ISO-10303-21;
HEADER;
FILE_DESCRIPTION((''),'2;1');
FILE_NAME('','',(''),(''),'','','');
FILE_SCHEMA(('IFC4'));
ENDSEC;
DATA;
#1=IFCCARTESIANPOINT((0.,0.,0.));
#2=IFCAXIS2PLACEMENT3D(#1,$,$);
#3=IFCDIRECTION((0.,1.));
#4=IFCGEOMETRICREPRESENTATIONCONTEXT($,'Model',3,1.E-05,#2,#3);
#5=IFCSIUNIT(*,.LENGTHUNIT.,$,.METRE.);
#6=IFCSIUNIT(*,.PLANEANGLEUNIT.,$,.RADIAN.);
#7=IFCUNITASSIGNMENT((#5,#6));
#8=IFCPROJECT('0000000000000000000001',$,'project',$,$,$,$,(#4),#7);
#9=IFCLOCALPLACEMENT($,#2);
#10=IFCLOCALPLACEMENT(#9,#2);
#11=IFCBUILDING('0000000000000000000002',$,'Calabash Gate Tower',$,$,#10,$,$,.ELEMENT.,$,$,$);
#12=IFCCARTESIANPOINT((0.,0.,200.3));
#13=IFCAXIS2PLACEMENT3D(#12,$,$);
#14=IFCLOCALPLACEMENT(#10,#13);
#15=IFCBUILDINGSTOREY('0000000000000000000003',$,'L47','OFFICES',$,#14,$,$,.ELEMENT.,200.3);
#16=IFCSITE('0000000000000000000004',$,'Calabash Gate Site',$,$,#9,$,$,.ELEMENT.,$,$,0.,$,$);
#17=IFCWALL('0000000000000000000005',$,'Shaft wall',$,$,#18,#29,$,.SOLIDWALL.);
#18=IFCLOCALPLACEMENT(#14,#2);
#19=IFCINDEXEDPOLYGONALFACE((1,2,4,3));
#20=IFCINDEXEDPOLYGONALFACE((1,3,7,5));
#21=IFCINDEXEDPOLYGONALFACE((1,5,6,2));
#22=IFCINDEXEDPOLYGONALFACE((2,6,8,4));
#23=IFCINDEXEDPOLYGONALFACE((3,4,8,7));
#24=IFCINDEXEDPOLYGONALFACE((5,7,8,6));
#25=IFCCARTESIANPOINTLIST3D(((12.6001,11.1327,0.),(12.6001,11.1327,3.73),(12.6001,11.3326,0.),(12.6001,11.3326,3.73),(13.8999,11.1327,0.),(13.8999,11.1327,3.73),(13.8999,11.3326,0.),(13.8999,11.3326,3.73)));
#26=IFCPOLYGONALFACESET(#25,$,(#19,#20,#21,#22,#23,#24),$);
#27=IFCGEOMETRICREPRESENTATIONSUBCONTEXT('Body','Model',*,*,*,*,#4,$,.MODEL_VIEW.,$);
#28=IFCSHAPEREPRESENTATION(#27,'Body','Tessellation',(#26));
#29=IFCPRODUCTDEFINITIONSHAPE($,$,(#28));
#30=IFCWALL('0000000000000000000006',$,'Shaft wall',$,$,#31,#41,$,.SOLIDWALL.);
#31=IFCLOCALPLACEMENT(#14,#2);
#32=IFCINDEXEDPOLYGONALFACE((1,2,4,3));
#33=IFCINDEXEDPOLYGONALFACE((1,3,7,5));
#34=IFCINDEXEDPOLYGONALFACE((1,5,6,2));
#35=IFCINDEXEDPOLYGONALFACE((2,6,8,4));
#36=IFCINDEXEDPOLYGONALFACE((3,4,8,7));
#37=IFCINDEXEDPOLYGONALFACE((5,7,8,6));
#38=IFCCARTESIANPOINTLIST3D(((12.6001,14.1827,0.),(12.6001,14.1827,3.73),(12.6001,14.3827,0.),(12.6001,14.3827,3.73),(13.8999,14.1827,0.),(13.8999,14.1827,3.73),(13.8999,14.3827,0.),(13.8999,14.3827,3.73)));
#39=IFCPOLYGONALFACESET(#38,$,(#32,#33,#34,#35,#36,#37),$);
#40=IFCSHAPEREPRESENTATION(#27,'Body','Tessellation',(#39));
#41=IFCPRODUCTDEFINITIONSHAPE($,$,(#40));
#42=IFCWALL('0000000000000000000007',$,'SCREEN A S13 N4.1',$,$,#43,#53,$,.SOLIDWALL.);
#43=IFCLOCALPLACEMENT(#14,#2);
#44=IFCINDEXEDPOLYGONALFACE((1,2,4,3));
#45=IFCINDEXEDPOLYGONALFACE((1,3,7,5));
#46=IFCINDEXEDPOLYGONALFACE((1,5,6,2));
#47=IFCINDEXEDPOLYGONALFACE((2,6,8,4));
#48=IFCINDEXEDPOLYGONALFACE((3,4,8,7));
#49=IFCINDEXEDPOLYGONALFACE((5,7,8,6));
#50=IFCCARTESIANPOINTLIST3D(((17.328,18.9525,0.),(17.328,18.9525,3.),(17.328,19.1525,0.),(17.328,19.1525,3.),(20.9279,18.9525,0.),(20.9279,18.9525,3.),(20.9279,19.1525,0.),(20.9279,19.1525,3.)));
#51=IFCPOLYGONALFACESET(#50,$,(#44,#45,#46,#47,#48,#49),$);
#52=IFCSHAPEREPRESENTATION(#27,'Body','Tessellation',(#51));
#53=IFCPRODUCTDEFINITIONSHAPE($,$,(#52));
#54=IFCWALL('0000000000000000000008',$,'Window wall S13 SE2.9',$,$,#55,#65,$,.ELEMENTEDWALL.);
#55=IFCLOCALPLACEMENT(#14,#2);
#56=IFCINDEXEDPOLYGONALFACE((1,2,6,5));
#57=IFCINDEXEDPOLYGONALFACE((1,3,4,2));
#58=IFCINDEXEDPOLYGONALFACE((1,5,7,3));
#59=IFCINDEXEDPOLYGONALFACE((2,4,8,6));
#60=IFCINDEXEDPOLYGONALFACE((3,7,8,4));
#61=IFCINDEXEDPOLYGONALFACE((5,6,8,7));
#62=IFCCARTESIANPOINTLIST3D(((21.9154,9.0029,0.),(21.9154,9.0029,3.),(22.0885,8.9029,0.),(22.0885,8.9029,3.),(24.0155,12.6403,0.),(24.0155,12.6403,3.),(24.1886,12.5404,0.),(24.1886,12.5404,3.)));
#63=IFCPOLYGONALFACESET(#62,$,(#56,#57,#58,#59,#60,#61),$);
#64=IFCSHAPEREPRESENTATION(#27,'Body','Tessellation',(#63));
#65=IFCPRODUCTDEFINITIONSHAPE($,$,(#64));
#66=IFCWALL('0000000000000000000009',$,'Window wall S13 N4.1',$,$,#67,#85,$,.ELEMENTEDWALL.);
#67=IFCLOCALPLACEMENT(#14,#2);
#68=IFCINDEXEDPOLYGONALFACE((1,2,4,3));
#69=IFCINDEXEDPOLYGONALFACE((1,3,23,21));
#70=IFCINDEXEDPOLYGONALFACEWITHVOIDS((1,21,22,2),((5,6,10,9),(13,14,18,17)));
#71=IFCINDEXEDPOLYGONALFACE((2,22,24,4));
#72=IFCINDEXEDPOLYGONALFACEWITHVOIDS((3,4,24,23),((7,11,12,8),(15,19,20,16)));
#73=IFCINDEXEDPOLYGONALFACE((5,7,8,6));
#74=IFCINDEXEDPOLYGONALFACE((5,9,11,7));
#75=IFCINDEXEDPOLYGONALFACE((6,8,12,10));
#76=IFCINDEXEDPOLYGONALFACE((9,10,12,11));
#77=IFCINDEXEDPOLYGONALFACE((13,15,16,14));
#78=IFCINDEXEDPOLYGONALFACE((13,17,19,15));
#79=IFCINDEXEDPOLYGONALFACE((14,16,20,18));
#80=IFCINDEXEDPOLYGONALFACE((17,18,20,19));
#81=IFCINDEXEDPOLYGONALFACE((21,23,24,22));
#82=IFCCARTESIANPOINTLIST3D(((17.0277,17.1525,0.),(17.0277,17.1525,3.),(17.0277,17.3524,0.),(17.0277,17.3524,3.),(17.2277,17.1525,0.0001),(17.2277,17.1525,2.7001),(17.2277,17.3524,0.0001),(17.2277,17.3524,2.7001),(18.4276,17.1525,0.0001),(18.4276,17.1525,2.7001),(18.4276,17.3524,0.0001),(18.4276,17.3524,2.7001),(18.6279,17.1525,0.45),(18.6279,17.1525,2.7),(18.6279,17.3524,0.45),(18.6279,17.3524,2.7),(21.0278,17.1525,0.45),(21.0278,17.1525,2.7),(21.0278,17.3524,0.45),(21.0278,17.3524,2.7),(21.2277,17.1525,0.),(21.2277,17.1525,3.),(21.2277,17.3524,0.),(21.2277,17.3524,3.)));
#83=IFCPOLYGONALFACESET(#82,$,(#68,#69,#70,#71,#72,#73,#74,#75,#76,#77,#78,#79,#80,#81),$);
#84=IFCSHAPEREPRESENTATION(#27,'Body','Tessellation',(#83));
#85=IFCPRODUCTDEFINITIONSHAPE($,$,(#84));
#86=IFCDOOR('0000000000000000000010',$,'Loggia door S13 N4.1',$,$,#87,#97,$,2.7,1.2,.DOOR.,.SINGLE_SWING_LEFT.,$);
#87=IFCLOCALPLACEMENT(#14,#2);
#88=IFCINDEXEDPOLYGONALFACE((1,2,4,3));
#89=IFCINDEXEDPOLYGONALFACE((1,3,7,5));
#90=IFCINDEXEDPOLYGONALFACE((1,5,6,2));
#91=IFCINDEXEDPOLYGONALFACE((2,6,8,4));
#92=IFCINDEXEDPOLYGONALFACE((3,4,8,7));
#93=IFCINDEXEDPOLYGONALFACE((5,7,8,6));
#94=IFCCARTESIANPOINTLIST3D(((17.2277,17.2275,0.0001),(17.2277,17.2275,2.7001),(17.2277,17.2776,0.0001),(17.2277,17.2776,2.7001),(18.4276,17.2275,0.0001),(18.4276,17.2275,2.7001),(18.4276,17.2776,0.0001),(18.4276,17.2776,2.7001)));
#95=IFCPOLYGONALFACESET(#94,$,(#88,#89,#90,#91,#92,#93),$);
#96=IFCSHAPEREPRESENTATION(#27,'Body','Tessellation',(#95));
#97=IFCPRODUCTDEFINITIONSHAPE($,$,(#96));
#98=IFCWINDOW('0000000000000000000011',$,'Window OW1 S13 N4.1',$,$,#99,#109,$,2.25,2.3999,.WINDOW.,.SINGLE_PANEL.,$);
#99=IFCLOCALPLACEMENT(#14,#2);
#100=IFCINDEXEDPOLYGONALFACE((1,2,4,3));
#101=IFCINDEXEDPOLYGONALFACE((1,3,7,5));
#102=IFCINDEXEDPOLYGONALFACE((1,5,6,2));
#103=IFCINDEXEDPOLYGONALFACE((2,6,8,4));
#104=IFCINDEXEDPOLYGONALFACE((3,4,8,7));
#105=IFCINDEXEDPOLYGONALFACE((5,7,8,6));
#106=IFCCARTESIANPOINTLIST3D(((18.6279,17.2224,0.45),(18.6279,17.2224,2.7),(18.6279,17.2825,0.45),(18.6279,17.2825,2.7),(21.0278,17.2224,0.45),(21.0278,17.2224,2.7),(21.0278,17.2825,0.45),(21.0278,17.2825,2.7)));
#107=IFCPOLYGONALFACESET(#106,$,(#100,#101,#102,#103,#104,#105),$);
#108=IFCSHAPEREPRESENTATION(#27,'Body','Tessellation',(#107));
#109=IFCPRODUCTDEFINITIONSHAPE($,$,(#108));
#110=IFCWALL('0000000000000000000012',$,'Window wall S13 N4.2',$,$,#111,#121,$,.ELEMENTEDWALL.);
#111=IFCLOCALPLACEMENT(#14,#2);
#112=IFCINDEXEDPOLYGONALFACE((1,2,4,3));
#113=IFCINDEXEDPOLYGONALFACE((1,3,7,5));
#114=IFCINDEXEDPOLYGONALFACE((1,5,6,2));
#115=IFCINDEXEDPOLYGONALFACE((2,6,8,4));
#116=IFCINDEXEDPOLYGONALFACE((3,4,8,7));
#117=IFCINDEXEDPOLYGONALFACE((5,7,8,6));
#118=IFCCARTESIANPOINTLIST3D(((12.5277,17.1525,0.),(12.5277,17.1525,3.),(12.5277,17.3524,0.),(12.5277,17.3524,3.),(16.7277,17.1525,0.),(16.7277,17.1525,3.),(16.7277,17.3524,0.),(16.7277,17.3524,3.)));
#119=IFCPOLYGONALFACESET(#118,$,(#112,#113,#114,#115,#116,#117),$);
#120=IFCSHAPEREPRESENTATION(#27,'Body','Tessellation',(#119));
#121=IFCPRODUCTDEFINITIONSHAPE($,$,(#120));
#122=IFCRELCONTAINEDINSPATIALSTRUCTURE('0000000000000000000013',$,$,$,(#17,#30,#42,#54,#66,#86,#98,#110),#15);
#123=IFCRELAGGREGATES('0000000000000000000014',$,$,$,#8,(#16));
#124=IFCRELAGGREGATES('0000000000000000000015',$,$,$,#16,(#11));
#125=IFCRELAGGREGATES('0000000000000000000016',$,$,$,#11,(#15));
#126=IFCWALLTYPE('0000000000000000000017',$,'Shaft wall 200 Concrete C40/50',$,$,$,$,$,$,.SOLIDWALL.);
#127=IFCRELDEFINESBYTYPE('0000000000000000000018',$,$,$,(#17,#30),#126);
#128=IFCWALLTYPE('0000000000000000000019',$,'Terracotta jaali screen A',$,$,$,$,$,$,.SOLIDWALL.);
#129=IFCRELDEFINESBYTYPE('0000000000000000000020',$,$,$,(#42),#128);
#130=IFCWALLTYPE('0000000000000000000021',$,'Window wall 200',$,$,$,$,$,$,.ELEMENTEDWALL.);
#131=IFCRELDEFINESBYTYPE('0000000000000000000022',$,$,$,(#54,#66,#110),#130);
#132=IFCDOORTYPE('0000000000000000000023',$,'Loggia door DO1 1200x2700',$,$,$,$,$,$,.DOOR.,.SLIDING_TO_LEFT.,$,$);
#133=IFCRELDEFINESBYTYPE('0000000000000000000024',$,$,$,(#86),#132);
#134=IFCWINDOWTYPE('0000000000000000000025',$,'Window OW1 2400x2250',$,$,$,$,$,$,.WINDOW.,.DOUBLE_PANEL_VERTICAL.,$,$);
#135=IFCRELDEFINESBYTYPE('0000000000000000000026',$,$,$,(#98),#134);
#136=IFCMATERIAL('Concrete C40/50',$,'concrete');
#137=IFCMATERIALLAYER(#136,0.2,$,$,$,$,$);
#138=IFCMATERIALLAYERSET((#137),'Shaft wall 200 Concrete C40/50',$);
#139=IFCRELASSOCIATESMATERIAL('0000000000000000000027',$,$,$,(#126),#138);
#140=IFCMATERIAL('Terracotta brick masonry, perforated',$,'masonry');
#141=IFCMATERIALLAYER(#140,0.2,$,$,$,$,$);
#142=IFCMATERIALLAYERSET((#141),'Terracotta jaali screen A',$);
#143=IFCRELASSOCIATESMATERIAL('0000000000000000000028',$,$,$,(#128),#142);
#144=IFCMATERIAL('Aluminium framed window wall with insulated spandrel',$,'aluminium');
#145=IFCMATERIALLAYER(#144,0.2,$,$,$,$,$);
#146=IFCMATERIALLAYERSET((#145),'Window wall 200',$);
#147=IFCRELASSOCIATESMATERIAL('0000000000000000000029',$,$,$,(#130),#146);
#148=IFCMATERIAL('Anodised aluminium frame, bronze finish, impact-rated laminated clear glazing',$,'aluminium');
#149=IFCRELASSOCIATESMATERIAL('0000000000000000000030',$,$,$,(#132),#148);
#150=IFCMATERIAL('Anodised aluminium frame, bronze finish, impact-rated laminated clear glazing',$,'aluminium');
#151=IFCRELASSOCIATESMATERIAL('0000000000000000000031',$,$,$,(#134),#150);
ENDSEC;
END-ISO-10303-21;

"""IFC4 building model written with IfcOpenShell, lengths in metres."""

from ifc_helpers import new_model, si_unit, direction, frame, frame_2d, origin, place, context, subcontext, project, spatial, rectangle, extrude, material, layer, layer_set, type_object, element, fill, save


model = new_model("IFC4")

# Units and contexts
model_context = context("Model", 3, precision=1e-05, world=origin(), true_north=direction((0.0, 1.0)))
body_context = subcontext(model_context, "Body", "Model", "MODEL_VIEW")
ifc_project = project(units=[si_unit("LENGTHUNIT", "METRE"), si_unit("PLANEANGLEUNIT", "RADIAN")], contexts=[model_context])

# Site, building, storey
site_placement = place(None, origin())
site = spatial("IfcSite", under=ifc_project, at=site_placement, Name="Calabash Gate Site", CompositionType="ELEMENT", RefElevation=0.0)
building_placement = place(site_placement, origin())
building = spatial("IfcBuilding", under=site, at=building_placement, Name="Calabash Gate Tower", CompositionType="ELEMENT")
storey_placement = place(building_placement, frame((0.0, 0.0, 200.3)))
storey = spatial("IfcBuildingStorey", under=building, at=storey_placement, Name="L47", Description="OFFICES", CompositionType="ELEMENT", Elevation=200.3)

# Walls
ifc_material_1 = material(Name="Concrete C40/50", Category="concrete")
ifc_layer_1 = layer(ifc_material_1, 0.2)
ifc_layer_set_1 = layer_set([ifc_layer_1], Name="Shaft wall 200 Concrete C40/50")
wall_type_1 = type_object("IfcWallType", Name="Shaft wall 200 Concrete C40/50", PredefinedType="SOLIDWALL", material=ifc_layer_set_1)
for number, where, z_axis, x_axis, name in (
    (1, (12.6001, 11.2327, 0.0), (0.0, 0.0, 1.0), (1.0, 0.0, 0.0), "Shaft wall"),
    (2, (12.6001, 14.2827, 0.0), (0.0, 0.0, 1.0), (1.0, 0.0, 0.0), "Shaft wall"),
):
    element("IfcWall", number, at=place(storey_placement, frame(where, z_axis=z_axis, x_axis=x_axis)), inside=storey, type_object=wall_type_1, Name=name, PredefinedType="SOLIDWALL", context=body_context, shape_type="SweptSolid", body=[
        extrude(rectangle(XDim=1.2998, YDim=0.2, at=frame_2d((0.6499, 0.0))), origin(), (0.0, 0.0, 1.0), 3.73),
    ])
ifc_material_2 = material(Name="Terracotta brick masonry, perforated", Category="masonry")
ifc_layer_2 = layer(ifc_material_2, 0.2)
ifc_layer_set_2 = layer_set([ifc_layer_2], Name="Terracotta jaali screen A")
wall_type_2 = type_object("IfcWallType", Name="Terracotta jaali screen A", PredefinedType="SOLIDWALL", material=ifc_layer_set_2)
wall_1_placement = place(storey_placement, frame((20.9277, 19.0525, 0.0), z_axis=(0.0, 0.0, 1.0), x_axis=(-1.0, 0.0, 0.0)))
element("IfcWall", 3, at=wall_1_placement, inside=storey, type_object=wall_type_2, Name="SCREEN A S13 N4.1", PredefinedType="SOLIDWALL", context=body_context, shape_type="SweptSolid", body=[
    extrude(rectangle(XDim=3.5999, YDim=0.2, at=frame_2d((1.7998, 0.0))), origin(), (0.0, 0.0, 1.0), 3.0),
])
ifc_material_3 = material(Name="Aluminium framed window wall with insulated spandrel", Category="aluminium")
ifc_layer_3 = layer(ifc_material_3, 0.2)
ifc_layer_set_3 = layer_set([ifc_layer_3], Name="Window wall 200")
wall_type_3 = type_object("IfcWallType", Name="Window wall 200", PredefinedType="ELEMENTEDWALL", material=ifc_layer_set_3)
wall_2_placement = place(storey_placement, frame((22.002, 8.9529, 0.0), z_axis=(0.0, 0.0, 1.0), x_axis=(0.500003, 0.866024, 0.0)))
element("IfcWall", 4, at=wall_2_placement, inside=storey, type_object=wall_type_3, Name="Window wall S13 SE2.9", PredefinedType="ELEMENTEDWALL", context=body_context, shape_type="SweptSolid", body=[
    extrude(rectangle(XDim=4.2002, YDim=0.2, at=frame_2d((2.1001, 0.0))), origin(), (0.0, 0.0, 1.0), 3.0),
])

# Wall, openings, door, window
wall_3_placement = place(storey_placement, frame((21.2278, 17.2524, 0.0), z_axis=(0.0, 0.0, 1.0), x_axis=(-1.0, 0.0, 0.0)))
wall_3 = element("IfcWall", 5, at=wall_3_placement, inside=storey, type_object=wall_type_3, Name="Window wall S13 N4.1", PredefinedType="ELEMENTEDWALL", context=body_context, shape_type="SweptSolid", body=[
    extrude(rectangle(XDim=4.2, YDim=0.2, at=frame_2d((2.1001, 0.0))), origin(), (0.0, 0.0, 1.0), 3.0),
])
opening_1_placement = place(wall_3_placement, frame((0.2, 0.0, 0.45)))
opening_1 = element("IfcOpeningElement", 6, at=opening_1_placement, cuts=wall_3, PredefinedType="OPENING", context=body_context, shape_type="SweptSolid", body=[
    extrude(rectangle(XDim=2.3999, YDim=2.25, at=frame_2d((1.2, 1.125))), frame((0.0, 0.1099, 0.0), z_axis=(0.0, -1.0, 0.0), x_axis=(1.0, 0.0, 0.0)), (0.0, 0.0, 1.0), 0.22),
])
opening_2_placement = place(wall_3_placement, frame((2.8, 0.0, 0.0)))
opening_2 = element("IfcOpeningElement", 7, at=opening_2_placement, cuts=wall_3, PredefinedType="OPENING", context=body_context, shape_type="SweptSolid", body=[
    extrude(rectangle(XDim=1.2, YDim=2.7, at=frame_2d((0.6001, 1.3501))), frame((0.0, 0.1099, 0.0), z_axis=(0.0, -1.0, 0.0), x_axis=(1.0, 0.0, 0.0)), (0.0, 0.0, 1.0), 0.22),
])
ifc_material_4 = material(Name="Anodised aluminium frame, bronze finish, impact-rated laminated clear glazing", Category="aluminium")
door_type_1 = type_object("IfcDoorType", Name="Loggia door DO1 1200x2700", OperationType="SLIDING_TO_LEFT", PredefinedType="DOOR", material=ifc_material_4)
door_1_placement = place(opening_2_placement, origin())
door_1 = element("IfcDoor", 8, at=door_1_placement, inside=storey, type_object=door_type_1, Name="Loggia door S13 N4.1", OperationType="SINGLE_SWING_LEFT", OverallHeight=2.7, OverallWidth=1.2, PredefinedType="DOOR", context=body_context, shape_type="SweptSolid", body=[
    extrude(rectangle(XDim=1.2, YDim=2.7, at=frame_2d((0.6001, 1.3501))), frame((0.0, 0.0249, 0.0), z_axis=(0.0, -1.0, 0.0), x_axis=(1.0, 0.0, 0.0)), (0.0, 0.0, 1.0), 0.05),
])
fill(opening_2, door_1)
ifc_material_5 = material(Name="Anodised aluminium frame, bronze finish, impact-rated laminated clear glazing", Category="aluminium")
window_type = type_object("IfcWindowType", Name="Window OW1 2400x2250", PartitioningType="DOUBLE_PANEL_VERTICAL", PredefinedType="WINDOW", material=ifc_material_5)
window_placement = place(opening_1_placement, origin())
window = element("IfcWindow", 9, at=window_placement, inside=storey, type_object=window_type, Name="Window OW1 S13 N4.1", OverallHeight=2.25, OverallWidth=2.3999, PartitioningType="SINGLE_PANEL", PredefinedType="WINDOW", context=body_context, shape_type="SweptSolid", body=[
    extrude(rectangle(XDim=2.3999, YDim=2.25, at=frame_2d((1.2, 1.125))), frame((0.0, 0.03, 0.0), z_axis=(0.0, -1.0, 0.0), x_axis=(1.0, 0.0, 0.0)), (0.0, 0.0, 1.0), 0.0601),
])
fill(opening_1, window)

# Wall
wall_4_placement = place(storey_placement, frame((16.7278, 17.2524, 0.0), z_axis=(0.0, 0.0, 1.0), x_axis=(-1.0, 0.0, 0.0)))
element("IfcWall", 10, at=wall_4_placement, inside=storey, type_object=wall_type_3, Name="Window wall S13 N4.2", PredefinedType="ELEMENTEDWALL", context=body_context, shape_type="SweptSolid", body=[
    extrude(rectangle(XDim=4.2, YDim=0.2, at=frame_2d((2.1001, 0.0))), origin(), (0.0, 0.0, 1.0), 3.0),
])

save(model, "model.ifc")
